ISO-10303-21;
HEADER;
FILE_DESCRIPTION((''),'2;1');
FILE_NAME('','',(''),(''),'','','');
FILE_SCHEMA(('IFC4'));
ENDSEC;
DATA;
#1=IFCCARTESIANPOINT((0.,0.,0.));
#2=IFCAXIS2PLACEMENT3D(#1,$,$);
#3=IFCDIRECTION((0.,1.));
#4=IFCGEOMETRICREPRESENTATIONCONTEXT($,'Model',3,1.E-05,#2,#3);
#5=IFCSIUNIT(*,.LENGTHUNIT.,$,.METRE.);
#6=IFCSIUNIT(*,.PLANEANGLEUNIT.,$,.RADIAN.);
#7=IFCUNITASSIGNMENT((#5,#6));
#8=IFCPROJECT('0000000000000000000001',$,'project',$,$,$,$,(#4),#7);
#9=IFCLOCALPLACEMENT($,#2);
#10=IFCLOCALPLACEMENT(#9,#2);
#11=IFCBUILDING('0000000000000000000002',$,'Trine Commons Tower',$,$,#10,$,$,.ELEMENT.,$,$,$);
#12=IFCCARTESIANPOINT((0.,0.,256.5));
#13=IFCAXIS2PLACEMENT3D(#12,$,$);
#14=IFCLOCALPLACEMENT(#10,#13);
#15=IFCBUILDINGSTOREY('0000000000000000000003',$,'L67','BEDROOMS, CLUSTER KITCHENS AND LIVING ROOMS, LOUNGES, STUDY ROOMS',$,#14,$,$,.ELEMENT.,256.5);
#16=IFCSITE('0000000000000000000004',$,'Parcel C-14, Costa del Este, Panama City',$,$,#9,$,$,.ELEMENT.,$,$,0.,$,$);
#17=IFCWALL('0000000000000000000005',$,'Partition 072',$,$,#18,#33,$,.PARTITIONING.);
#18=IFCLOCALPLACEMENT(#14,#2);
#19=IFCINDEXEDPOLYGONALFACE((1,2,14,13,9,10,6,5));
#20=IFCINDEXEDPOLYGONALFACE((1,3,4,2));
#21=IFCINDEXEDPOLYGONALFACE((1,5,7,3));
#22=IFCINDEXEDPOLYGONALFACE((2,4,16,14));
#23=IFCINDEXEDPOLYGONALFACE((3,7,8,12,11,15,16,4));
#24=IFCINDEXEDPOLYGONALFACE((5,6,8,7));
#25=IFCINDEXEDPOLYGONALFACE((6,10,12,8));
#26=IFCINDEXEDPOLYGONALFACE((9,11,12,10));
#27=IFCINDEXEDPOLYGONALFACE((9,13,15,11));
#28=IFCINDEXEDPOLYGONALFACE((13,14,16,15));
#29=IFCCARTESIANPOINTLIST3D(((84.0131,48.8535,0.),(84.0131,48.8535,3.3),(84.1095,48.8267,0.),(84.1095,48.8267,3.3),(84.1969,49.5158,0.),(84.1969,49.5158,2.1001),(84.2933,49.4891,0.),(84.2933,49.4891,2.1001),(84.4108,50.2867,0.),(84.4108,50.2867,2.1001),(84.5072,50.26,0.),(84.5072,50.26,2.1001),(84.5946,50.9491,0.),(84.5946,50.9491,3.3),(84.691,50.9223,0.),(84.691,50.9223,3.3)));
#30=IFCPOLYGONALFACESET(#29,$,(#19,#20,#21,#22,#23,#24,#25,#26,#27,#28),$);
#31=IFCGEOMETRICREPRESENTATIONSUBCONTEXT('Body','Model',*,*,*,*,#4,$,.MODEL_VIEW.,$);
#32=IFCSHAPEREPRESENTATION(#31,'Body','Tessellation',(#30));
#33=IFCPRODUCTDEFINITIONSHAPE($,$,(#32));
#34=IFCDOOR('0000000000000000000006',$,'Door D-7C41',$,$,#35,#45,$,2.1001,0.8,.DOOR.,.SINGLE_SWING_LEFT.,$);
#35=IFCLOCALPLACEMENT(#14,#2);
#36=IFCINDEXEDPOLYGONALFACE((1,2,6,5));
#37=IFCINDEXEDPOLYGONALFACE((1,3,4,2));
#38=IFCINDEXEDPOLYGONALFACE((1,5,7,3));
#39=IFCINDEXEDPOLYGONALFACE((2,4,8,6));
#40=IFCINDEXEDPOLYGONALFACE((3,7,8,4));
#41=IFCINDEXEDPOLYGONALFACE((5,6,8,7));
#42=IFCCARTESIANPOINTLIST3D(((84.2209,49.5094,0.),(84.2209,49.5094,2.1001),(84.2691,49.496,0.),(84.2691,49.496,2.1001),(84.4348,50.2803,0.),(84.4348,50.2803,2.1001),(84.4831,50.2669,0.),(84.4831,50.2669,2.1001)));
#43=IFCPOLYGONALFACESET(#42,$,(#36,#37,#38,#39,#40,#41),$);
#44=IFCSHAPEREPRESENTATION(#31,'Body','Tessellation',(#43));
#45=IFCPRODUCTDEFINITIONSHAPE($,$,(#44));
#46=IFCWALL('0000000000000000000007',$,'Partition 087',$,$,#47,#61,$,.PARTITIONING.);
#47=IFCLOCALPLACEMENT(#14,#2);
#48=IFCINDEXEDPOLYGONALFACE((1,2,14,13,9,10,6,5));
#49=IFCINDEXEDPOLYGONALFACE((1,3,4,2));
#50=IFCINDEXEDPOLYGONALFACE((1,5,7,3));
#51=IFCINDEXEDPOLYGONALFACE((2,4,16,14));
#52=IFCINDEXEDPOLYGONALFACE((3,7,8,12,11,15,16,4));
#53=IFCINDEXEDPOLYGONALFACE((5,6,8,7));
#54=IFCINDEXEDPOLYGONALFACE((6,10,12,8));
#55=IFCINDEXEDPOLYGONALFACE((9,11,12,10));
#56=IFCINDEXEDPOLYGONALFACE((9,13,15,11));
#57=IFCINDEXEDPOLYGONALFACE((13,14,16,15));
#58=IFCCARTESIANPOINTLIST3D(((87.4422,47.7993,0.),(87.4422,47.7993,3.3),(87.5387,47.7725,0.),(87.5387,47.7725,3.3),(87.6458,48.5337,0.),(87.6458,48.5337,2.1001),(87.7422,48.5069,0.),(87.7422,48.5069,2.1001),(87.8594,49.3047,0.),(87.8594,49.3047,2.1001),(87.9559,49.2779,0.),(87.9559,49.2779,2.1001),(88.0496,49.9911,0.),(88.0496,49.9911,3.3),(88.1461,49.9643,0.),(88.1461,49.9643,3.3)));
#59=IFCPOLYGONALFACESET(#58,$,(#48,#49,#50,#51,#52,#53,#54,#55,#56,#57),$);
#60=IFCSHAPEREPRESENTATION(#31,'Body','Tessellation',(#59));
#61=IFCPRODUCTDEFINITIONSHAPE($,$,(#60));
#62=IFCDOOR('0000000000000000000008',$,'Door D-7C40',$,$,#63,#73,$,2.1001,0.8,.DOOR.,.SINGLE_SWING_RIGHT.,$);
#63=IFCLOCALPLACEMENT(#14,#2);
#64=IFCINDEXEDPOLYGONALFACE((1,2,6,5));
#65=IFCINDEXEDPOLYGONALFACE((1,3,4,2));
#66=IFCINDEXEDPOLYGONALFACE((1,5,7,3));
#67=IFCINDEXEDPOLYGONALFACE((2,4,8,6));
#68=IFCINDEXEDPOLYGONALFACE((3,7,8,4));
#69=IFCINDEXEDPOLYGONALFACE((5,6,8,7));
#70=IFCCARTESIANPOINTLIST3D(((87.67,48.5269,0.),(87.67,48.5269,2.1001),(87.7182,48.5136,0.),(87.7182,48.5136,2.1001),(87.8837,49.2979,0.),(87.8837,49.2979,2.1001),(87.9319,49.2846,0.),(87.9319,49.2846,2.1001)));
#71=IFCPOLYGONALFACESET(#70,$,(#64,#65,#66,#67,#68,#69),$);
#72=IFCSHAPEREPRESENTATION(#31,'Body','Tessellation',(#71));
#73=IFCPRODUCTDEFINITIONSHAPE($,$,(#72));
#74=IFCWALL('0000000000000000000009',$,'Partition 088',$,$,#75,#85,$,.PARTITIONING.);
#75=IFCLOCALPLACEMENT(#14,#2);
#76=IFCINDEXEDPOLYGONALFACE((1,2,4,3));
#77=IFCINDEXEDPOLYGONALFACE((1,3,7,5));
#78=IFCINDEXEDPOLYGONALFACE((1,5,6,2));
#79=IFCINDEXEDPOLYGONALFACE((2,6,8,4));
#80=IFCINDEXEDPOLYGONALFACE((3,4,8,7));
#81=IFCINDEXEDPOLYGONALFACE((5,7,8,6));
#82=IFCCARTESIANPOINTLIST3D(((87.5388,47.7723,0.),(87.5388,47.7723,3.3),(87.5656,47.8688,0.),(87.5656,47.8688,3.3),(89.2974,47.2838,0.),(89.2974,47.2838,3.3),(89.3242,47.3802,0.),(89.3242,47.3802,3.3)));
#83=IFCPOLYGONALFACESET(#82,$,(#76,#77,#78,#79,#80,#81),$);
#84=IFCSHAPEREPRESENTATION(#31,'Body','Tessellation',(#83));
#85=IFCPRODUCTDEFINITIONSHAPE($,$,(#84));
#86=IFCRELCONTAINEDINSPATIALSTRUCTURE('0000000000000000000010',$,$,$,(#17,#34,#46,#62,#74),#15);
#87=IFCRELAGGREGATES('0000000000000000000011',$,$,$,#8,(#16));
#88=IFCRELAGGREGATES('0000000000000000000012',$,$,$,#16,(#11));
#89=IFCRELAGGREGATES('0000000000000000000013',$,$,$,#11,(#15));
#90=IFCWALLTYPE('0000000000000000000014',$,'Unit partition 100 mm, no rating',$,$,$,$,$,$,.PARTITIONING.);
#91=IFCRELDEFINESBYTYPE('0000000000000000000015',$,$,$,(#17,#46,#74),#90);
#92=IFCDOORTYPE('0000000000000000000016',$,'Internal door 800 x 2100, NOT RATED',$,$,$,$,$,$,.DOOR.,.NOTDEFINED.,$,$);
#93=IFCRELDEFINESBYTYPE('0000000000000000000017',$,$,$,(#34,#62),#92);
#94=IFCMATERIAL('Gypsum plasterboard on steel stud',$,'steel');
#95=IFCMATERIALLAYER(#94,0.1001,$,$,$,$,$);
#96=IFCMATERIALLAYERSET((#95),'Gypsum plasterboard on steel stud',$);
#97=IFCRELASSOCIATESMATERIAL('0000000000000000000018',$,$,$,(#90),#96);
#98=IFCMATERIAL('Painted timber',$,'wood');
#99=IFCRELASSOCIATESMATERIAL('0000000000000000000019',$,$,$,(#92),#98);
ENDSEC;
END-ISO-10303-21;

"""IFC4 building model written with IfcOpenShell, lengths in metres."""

from ifc_helpers import new_model, si_unit, direction, frame, frame_2d, origin, place, context, subcontext, project, spatial, rectangle, extrude, material, layer, layer_set, type_object, element, fill, save


model = new_model("IFC4")

# Units and contexts
model_context = context("Model", 3, precision=1e-05, world=origin(), true_north=direction((0.0, 1.0)))
body_context = subcontext(model_context, "Body", "Model", "MODEL_VIEW")
ifc_project = project(units=[si_unit("LENGTHUNIT", "METRE"), si_unit("PLANEANGLEUNIT", "RADIAN")], contexts=[model_context])

# Site, building, storey
site_placement = place(None, origin())
site = spatial("IfcSite", under=ifc_project, at=site_placement, Name="Parcel C-14, Costa del Este, Panama City", CompositionType="ELEMENT", RefElevation=0.0)
building_placement = place(site_placement, origin())
building = spatial("IfcBuilding", under=site, at=building_placement, Name="Trine Commons Tower", CompositionType="ELEMENT")
storey_placement = place(building_placement, frame((0.0, 0.0, 256.5)))
storey = spatial("IfcBuildingStorey", under=building, at=storey_placement, Name="L67", Description="BEDROOMS, CLUSTER KITCHENS AND LIVING ROOMS, LOUNGES, STUDY ROOMS", CompositionType="ELEMENT", Elevation=256.5)

# Shared definitions
ifc_material_1 = material(Name="Gypsum plasterboard on steel stud", Category="steel")

# Shared definitions
ifc_layer_1 = layer(ifc_material_1, 0.1001)
ifc_layer_set_1 = layer_set([ifc_layer_1], Name="Gypsum plasterboard on steel stud")
wall_type_1 = type_object("IfcWallType", Name="Unit partition 100 mm, no rating", PredefinedType="PARTITIONING", material=ifc_layer_set_1)
ifc_material_2 = material(Name="Painted timber", Category="wood")
door_type_1 = type_object("IfcDoorType", Name="Internal door 800 x 2100, NOT RATED", OperationType="NOTDEFINED", PredefinedType="DOOR", material=ifc_material_2)

# Walls, openings, doors
wall_1_placement = place(storey_placement, frame((84.0613, 48.8401, 0.0), z_axis=(0.0, 0.0, 1.0), x_axis=(0.267389, 0.963589, 0.0)))
wall_1 = element("IfcWall", 1, at=wall_1_placement, inside=storey, type_object=wall_type_1, Name="Partition 072", PredefinedType="PARTITIONING", context=body_context, shape_type="SweptSolid", body=[
    extrude(rectangle(XDim=2.1748, YDim=0.1001, at=frame_2d((1.0874, 0.0))), origin(), (0.0, 0.0, 1.0), 3.3),
])
opening_1_placement = place(wall_1_placement, frame((0.6875, 0.0, 0.0)))
opening_1 = element("IfcOpeningElement", 2, at=opening_1_placement, cuts=wall_1, PredefinedType="OPENING", context=body_context, shape_type="SweptSolid", body=[
    extrude(rectangle(XDim=0.8, YDim=2.1001, at=frame_2d((0.3999, 1.05))), frame((0.0, 0.0601, 0.0), z_axis=(0.0, -1.0, 0.0), x_axis=(1.0, 0.0, 0.0)), (0.0, 0.0, 1.0), 0.1201),
])
door_1_placement = place(opening_1_placement, frame((0.8, 0.0, 0.0), z_axis=(0.0, 0.0, 1.0), x_axis=(-1.0, 0.0, 0.0)))
door_1 = element("IfcDoor", 3, at=door_1_placement, inside=storey, type_object=door_type_1, Name="Door D-7C41", OperationType="SINGLE_SWING_LEFT", OverallHeight=2.1001, OverallWidth=0.8, PredefinedType="DOOR", context=body_context, shape_type="SweptSolid", body=[
    extrude(rectangle(XDim=0.8, YDim=2.1001, at=frame_2d((0.3999, 1.05))), frame((0.0, 0.0249, 0.0), z_axis=(0.0, -1.0, 0.0), x_axis=(1.0, 0.0, 0.0)), (0.0, 0.0, 1.0), 0.05),
])
fill(opening_1, door_1)
wall_2_placement = place(storey_placement, frame((87.4905, 47.7859, 0.0), z_axis=(0.0, 0.0, 1.0), x_axis=(0.267057, 0.963681, 0.0)))
wall_2 = element("IfcWall", 4, at=wall_2_placement, inside=storey, type_object=wall_type_1, Name="Partition 087", PredefinedType="PARTITIONING", context=body_context, shape_type="SweptSolid", body=[
    extrude(rectangle(XDim=2.2744, YDim=0.1001, at=frame_2d((1.1372, 0.0))), origin(), (0.0, 0.0, 1.0), 3.3),
])
opening_2_placement = place(wall_2_placement, frame((0.7622, 0.0, 0.0)))
opening_2 = element("IfcOpeningElement", 5, at=opening_2_placement, cuts=wall_2, PredefinedType="OPENING", context=body_context, shape_type="SweptSolid", body=[
    extrude(rectangle(XDim=0.8, YDim=2.1001, at=frame_2d((0.3999, 1.05))), frame((0.0, 0.0601, 0.0), z_axis=(0.0, -1.0, 0.0), x_axis=(1.0, 0.0, 0.0)), (0.0, 0.0, 1.0), 0.1201),
])
door_2_placement = place(opening_2_placement, origin())
door_2 = element("IfcDoor", 6, at=door_2_placement, inside=storey, type_object=door_type_1, Name="Door D-7C40", OperationType="SINGLE_SWING_RIGHT", OverallHeight=2.1001, OverallWidth=0.8, PredefinedType="DOOR", context=body_context, shape_type="SweptSolid", body=[
    extrude(rectangle(XDim=0.8, YDim=2.1001, at=frame_2d((0.3999, 1.05))), frame((0.0, 0.0249, 0.0), z_axis=(0.0, -1.0, 0.0), x_axis=(1.0, 0.0, 0.0)), (0.0, 0.0, 1.0), 0.05),
])
fill(opening_2, door_2)

# Wall
wall_3_placement = place(storey_placement, frame((87.5522, 47.8206, 0.0), z_axis=(0.0, 0.0, 1.0), x_axis=(0.963512, -0.267665, 0.0)))
element("IfcWall", 7, at=wall_3_placement, inside=storey, type_object=wall_type_1, Name="Partition 088", PredefinedType="PARTITIONING", context=body_context, shape_type="SweptSolid", body=[
    extrude(rectangle(XDim=1.8252, YDim=0.1001, at=frame_2d((0.9126, 0.0))), origin(), (0.0, 0.0, 1.0), 3.3),
])

save(model, "model.ifc")
